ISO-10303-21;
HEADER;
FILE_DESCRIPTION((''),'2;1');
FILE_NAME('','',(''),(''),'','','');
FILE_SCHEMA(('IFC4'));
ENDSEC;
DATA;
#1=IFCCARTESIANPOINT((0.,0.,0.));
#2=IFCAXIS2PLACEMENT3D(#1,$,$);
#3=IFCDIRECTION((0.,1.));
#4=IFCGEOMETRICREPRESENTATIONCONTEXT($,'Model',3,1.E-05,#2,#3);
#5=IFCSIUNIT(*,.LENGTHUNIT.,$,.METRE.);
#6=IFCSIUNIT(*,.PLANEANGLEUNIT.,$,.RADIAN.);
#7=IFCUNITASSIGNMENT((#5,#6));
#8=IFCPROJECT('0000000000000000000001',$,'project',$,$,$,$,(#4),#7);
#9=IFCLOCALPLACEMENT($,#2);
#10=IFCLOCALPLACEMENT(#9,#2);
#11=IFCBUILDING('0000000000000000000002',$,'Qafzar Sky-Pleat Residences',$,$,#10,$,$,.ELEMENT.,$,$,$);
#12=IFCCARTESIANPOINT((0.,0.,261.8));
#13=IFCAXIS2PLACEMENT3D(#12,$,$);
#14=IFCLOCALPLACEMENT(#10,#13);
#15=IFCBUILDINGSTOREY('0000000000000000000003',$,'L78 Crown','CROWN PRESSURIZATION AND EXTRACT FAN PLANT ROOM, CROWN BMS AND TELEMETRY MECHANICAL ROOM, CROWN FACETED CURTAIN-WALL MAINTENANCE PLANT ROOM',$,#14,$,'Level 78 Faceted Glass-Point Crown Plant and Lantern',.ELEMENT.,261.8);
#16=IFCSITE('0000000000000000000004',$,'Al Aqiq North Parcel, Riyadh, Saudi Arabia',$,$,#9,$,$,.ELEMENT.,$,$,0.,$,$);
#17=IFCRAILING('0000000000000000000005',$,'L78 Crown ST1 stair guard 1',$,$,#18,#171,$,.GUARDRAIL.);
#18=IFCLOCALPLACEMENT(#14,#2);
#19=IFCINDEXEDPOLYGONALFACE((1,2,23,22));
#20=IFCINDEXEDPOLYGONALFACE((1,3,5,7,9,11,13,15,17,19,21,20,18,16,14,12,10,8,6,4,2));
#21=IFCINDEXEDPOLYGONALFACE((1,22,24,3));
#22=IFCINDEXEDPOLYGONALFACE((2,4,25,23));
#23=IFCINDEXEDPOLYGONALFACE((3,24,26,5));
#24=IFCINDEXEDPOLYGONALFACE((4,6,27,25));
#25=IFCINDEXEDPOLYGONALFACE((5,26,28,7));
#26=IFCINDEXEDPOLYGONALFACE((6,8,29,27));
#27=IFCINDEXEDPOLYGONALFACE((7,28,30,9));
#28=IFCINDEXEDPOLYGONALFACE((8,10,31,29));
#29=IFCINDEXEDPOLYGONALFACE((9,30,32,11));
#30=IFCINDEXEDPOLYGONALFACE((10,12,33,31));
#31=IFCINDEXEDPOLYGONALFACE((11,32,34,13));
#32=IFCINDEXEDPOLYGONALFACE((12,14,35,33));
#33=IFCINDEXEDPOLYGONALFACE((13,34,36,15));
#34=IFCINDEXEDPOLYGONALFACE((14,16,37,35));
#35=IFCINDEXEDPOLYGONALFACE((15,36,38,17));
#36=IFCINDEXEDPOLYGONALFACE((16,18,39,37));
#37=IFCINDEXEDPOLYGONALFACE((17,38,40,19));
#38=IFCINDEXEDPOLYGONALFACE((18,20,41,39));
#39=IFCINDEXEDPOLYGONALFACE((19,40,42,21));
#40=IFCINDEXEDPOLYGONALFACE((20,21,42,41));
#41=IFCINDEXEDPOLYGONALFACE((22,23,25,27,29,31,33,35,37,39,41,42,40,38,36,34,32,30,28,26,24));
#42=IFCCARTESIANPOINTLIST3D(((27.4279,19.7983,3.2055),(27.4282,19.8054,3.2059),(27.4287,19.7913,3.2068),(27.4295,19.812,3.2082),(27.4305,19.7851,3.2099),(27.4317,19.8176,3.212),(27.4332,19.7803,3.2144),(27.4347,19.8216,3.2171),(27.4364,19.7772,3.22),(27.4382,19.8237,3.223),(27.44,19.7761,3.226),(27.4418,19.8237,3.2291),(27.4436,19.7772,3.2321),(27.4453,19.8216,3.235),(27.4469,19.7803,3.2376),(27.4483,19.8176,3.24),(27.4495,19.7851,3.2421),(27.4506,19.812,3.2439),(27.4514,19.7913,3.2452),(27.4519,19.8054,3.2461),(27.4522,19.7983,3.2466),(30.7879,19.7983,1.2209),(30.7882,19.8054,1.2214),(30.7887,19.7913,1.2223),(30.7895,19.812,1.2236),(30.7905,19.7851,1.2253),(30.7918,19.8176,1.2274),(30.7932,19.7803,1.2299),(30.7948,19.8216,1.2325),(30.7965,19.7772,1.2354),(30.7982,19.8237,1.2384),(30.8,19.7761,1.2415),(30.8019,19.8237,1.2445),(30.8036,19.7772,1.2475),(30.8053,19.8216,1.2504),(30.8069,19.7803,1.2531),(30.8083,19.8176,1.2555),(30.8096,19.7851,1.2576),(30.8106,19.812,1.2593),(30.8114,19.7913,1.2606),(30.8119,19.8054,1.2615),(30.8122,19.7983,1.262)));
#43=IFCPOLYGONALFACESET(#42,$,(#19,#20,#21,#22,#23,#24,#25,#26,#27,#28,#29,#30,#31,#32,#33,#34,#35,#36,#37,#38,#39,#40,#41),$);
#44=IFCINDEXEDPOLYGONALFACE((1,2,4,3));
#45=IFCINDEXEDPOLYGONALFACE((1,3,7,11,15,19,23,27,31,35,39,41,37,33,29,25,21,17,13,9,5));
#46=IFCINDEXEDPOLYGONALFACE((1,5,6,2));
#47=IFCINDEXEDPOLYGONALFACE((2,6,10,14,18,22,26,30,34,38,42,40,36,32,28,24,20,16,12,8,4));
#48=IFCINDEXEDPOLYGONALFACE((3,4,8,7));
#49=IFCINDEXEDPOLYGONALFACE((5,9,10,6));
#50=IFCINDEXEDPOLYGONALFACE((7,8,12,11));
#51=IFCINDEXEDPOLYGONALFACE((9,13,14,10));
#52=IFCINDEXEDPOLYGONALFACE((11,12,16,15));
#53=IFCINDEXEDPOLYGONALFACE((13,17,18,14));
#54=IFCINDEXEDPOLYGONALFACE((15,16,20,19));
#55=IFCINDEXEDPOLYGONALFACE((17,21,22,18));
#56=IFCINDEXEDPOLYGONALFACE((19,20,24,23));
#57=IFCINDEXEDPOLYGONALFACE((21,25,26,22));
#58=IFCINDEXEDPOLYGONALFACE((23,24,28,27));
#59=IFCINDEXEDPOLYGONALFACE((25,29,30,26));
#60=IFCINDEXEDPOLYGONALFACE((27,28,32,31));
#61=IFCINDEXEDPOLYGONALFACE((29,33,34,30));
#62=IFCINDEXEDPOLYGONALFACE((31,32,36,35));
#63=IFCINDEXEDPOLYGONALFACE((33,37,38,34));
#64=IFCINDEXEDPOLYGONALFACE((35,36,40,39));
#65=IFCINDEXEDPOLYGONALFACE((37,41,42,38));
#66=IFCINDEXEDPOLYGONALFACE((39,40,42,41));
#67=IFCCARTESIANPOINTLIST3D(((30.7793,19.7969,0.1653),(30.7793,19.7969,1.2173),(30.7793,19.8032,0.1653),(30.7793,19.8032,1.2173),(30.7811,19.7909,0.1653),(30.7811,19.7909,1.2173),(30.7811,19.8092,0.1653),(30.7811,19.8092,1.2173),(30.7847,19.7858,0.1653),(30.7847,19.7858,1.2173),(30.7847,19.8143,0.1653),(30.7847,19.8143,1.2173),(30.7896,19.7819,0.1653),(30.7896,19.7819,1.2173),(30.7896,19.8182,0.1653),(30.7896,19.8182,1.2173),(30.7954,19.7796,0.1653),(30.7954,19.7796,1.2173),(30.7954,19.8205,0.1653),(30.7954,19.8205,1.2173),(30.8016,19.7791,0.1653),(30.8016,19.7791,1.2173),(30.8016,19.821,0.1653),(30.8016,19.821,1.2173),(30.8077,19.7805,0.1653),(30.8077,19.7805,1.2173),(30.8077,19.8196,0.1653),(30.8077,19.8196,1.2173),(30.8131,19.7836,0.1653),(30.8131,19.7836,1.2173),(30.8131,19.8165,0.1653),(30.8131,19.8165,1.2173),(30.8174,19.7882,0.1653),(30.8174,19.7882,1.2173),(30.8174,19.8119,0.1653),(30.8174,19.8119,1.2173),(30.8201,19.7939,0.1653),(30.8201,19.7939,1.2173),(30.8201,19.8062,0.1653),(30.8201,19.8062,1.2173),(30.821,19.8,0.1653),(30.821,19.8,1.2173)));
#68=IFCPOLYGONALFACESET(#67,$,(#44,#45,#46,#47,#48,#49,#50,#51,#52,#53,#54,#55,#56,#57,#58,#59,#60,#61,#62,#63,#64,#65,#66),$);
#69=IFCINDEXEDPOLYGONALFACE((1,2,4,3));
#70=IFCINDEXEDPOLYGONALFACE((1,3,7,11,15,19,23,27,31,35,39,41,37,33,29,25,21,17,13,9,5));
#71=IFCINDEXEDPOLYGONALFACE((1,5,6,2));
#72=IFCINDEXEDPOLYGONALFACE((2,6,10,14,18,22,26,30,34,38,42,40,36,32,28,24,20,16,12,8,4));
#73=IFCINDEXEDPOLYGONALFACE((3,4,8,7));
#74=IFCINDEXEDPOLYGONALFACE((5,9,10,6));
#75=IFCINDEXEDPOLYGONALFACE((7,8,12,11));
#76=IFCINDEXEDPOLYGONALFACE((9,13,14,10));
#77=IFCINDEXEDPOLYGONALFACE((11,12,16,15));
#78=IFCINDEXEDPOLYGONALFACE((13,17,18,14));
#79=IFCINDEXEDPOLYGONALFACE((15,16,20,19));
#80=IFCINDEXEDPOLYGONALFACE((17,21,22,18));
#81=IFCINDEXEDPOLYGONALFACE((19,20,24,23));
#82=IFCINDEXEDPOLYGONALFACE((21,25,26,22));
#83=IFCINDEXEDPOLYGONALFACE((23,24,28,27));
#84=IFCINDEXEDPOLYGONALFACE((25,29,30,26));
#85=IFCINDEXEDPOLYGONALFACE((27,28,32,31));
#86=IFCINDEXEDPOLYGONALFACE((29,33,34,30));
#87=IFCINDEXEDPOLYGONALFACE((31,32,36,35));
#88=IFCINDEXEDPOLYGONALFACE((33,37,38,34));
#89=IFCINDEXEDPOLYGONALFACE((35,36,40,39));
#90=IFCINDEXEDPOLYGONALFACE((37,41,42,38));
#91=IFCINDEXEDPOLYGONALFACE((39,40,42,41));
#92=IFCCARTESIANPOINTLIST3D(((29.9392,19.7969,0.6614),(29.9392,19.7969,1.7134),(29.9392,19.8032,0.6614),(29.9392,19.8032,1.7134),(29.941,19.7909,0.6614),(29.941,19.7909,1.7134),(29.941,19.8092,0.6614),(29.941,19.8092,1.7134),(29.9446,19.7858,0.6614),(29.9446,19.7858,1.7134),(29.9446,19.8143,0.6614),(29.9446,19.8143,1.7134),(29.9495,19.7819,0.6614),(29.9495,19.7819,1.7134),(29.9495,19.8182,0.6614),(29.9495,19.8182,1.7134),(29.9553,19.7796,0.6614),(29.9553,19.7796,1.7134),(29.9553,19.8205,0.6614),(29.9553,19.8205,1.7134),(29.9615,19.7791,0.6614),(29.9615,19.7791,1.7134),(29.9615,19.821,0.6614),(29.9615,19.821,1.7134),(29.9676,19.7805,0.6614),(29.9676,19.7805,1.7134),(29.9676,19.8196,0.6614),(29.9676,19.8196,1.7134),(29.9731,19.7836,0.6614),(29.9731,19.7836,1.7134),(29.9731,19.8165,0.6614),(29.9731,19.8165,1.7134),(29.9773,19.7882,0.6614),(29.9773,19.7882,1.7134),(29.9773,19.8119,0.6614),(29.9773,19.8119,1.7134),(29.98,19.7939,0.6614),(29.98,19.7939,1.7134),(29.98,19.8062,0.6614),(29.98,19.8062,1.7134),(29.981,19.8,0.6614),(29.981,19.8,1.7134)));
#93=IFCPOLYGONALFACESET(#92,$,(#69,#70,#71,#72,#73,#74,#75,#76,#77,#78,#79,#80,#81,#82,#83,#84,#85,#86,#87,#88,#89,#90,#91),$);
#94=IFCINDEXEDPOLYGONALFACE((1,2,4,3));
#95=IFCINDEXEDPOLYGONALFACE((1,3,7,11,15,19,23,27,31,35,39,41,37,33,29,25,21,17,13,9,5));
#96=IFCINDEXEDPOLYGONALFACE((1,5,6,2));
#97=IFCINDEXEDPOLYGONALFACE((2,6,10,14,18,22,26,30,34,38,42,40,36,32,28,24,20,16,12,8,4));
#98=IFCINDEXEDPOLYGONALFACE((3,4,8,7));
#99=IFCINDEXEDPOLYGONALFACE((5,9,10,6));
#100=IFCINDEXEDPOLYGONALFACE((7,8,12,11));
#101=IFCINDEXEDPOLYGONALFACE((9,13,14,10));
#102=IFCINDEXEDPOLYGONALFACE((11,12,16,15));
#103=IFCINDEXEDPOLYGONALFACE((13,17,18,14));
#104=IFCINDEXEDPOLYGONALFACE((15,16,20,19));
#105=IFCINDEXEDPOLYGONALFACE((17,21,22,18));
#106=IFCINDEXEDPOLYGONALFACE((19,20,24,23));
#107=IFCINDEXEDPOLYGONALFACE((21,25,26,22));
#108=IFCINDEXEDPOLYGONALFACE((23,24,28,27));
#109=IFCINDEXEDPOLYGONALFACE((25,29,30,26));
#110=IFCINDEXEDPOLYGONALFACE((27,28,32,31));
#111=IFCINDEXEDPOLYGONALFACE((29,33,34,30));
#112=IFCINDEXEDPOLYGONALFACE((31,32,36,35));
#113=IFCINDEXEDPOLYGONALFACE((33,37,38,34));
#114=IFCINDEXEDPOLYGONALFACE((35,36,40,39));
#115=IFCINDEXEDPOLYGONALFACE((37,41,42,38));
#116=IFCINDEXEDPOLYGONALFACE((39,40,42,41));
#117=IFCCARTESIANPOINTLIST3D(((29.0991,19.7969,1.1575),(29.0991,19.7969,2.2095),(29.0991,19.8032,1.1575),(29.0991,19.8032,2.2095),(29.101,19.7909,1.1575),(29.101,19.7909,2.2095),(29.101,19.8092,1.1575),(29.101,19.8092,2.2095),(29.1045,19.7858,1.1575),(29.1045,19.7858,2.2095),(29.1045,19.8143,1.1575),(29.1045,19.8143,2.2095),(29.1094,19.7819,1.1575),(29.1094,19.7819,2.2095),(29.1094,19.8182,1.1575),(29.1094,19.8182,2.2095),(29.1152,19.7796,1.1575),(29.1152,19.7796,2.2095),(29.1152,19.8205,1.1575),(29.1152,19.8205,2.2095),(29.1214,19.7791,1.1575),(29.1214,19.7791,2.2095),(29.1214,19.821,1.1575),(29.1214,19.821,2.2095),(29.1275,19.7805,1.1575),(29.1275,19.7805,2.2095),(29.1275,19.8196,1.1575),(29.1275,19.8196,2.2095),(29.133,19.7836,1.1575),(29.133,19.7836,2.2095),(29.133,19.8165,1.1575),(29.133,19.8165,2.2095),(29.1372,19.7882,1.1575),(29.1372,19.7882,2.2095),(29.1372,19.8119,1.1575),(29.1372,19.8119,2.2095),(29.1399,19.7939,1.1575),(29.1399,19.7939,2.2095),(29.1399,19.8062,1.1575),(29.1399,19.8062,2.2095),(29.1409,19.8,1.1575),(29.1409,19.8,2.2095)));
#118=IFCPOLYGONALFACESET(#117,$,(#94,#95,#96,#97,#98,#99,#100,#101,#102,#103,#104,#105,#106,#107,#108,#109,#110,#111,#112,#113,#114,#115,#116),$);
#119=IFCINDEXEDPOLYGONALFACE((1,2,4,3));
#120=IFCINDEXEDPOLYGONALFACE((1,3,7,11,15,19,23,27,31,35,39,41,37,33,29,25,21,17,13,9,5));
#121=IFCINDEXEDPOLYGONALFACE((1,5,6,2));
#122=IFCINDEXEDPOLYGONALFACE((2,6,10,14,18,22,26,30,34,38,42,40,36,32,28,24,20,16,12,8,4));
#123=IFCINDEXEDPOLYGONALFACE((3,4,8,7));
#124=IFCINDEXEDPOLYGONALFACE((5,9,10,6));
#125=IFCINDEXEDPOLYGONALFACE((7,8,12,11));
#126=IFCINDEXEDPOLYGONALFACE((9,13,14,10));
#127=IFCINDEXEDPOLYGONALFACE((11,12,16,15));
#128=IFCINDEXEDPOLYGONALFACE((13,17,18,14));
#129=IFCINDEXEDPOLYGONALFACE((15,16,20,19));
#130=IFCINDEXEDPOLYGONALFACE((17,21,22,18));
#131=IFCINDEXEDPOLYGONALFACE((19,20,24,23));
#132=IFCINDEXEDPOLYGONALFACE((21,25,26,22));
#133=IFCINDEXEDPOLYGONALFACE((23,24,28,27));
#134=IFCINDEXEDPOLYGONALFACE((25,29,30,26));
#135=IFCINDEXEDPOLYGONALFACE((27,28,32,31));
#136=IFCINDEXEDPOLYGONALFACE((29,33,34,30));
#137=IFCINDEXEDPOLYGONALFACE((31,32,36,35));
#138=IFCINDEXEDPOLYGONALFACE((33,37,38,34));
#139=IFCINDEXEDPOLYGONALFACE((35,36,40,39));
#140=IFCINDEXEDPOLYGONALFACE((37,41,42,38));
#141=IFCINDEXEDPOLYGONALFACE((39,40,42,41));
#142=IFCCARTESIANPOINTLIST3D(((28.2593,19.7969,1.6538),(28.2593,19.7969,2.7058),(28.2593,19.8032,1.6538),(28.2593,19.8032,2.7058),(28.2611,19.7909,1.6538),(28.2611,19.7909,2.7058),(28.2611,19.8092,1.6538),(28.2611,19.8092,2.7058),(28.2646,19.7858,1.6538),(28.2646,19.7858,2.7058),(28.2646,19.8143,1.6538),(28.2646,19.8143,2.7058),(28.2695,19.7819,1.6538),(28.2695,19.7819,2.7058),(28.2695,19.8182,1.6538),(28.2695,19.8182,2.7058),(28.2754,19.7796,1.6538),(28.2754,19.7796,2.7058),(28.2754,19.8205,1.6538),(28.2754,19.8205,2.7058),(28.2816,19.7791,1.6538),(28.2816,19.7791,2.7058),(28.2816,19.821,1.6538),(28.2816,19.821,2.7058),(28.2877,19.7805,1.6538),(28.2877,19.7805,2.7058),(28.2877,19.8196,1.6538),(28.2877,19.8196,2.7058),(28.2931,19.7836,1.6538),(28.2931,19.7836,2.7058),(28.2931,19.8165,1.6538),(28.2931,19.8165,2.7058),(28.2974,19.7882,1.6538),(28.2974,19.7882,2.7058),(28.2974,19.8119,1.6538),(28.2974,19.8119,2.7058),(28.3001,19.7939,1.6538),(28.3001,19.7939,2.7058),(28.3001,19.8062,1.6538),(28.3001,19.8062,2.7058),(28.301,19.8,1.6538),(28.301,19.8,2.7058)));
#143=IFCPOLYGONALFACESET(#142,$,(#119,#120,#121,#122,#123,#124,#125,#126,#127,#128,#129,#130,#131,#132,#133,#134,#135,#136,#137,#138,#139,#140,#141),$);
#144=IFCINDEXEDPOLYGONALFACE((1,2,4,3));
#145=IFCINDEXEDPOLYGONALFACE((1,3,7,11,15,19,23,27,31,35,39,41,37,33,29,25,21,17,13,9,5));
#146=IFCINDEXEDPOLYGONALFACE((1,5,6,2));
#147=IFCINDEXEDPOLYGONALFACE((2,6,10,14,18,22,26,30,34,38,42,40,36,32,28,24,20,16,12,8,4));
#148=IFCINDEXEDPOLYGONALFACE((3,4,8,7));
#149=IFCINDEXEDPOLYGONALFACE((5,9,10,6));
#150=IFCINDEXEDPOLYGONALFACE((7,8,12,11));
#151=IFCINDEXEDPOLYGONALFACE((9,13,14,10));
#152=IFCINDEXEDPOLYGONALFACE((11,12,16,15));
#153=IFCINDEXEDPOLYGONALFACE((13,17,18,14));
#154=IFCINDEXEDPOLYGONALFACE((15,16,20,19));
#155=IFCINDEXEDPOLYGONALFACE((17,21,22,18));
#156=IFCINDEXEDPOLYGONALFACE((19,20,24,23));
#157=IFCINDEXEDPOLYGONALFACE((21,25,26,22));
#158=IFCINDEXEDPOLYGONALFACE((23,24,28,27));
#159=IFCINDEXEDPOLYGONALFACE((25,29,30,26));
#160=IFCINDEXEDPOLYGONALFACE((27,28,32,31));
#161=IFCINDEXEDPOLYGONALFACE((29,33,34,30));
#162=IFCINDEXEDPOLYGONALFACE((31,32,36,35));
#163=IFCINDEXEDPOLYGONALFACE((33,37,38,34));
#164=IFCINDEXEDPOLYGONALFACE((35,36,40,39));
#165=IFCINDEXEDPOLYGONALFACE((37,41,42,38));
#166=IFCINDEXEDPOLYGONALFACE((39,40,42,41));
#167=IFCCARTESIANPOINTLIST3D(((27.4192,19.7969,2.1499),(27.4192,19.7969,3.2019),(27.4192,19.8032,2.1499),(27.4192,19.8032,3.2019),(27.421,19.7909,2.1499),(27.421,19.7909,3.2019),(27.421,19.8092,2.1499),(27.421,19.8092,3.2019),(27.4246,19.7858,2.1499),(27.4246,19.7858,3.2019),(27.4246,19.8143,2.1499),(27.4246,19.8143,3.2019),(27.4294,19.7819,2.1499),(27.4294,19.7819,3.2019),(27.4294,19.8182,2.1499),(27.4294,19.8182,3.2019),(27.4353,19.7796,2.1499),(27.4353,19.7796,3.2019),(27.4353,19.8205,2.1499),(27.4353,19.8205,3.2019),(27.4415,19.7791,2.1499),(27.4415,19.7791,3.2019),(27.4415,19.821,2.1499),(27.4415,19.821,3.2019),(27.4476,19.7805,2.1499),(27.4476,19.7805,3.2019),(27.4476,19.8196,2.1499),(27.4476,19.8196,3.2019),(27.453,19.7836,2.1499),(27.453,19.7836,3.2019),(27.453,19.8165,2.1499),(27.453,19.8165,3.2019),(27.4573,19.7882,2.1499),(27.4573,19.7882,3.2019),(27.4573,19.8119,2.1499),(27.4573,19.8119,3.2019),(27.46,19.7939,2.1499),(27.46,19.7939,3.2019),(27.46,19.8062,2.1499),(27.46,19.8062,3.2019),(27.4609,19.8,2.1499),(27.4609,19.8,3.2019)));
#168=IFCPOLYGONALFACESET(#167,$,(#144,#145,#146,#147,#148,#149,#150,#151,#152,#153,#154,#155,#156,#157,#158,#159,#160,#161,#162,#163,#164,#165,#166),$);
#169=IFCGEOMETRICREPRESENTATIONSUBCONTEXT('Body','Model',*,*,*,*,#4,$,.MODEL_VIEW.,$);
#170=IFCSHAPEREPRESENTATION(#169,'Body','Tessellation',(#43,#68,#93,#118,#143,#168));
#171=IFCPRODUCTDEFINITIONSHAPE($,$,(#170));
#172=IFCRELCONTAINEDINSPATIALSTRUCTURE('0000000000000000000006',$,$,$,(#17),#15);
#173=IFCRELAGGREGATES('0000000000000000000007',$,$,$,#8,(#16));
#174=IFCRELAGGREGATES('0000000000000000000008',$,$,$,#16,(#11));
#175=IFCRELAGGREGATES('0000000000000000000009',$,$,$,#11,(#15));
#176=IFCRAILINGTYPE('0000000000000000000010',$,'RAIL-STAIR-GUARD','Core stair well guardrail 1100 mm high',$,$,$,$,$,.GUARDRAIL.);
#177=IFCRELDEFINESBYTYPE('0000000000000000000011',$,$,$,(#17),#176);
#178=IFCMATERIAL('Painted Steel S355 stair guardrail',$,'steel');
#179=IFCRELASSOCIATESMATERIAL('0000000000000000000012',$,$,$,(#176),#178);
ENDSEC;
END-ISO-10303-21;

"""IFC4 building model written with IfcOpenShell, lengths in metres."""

from ifc_helpers import new_model, si_unit, direction, frame, origin, origin_2d, place, context, subcontext, project, spatial, circle, extrude, source, transform, mapped, material, type_object, element, save


model = new_model("IFC4")

# Units and contexts
model_context = context("Model", 3, precision=1e-05, world=origin(), true_north=direction((0.0, 1.0)))
body_context = subcontext(model_context, "Body", "Model", "MODEL_VIEW")
ifc_project = project(units=[si_unit("LENGTHUNIT", "METRE"), si_unit("PLANEANGLEUNIT", "RADIAN")], contexts=[model_context])

# Site, building, storey
site_placement = place(None, origin())
site = spatial("IfcSite", under=ifc_project, at=site_placement, Name="Al Aqiq North Parcel, Riyadh, Saudi Arabia", CompositionType="ELEMENT", RefElevation=0.0)
building_placement = place(site_placement, origin())
building = spatial("IfcBuilding", under=site, at=building_placement, Name="Qafzar Sky-Pleat Residences", CompositionType="ELEMENT")
storey_placement = place(building_placement, frame((0.0, 0.0, 261.8)))
storey = spatial("IfcBuildingStorey", under=building, at=storey_placement, Name="L78 Crown", Description="CROWN PRESSURIZATION AND EXTRACT FAN PLANT ROOM, CROWN BMS AND TELEMETRY MECHANICAL ROOM, CROWN FACETED CURTAIN-WALL MAINTENANCE PLANT ROOM", LongName="Level 78 Faceted Glass-Point Crown Plant and Lantern", CompositionType="ELEMENT", Elevation=261.8)

# Railing
ifc_material_1 = material(Name="Painted Steel S355 stair guardrail", Category="steel")
railing_type_1 = type_object("IfcRailingType", Name="RAIL-STAIR-GUARD", Description="Core stair well guardrail 1100 mm high", PredefinedType="GUARDRAIL", material=ifc_material_1)
shared_shape_1 = source(origin(), body_context, "Body", "SweptSolid", [
    extrude(circle(Radius=0.0239, at=origin_2d()), frame((0.0, 0.0, 1.0762), z_axis=(-0.861027, 0.0, 0.508559), x_axis=(0.0, -1.0, 0.0)), (0.0, 0.0, 1.0), 3.9023),
    extrude(circle(Radius=0.021, at=origin_2d()), origin(), (0.0, 0.0, 1.0), 1.052),
    extrude(circle(Radius=0.021, at=origin_2d()), frame((-0.8401, 0.0, 0.4961)), (0.0, 0.0, 1.0), 1.052),
    extrude(circle(Radius=0.021, at=origin_2d()), frame((-1.6802, 0.0, 0.9922)), (0.0, 0.0, 1.0), 1.052),
    extrude(circle(Radius=0.021, at=origin_2d()), frame((-2.52, 0.0, 1.4885)), (0.0, 0.0, 1.0), 1.052),
    extrude(circle(Radius=0.021, at=origin_2d()), frame((-3.3601, 0.0, 1.9846)), (0.0, 0.0, 1.0), 1.052),
])
railing_1_placement = place(storey_placement, frame((30.8, 19.8, 0.1653)))
element("IfcRailing", 1, at=railing_1_placement, inside=storey, type_object=railing_type_1, Name="L78 Crown ST1 stair guard 1", PredefinedType="GUARDRAIL", context=body_context, shape_type="MappedRepresentation", body=[
    mapped(shared_shape_1, transform((0.0, 0.0, 0.0), x_axis=(1.0, 0.0, 0.0), y_axis=(0.0, 1.0, 0.0), z_axis=(0.0, 0.0, 1.0), scale=1.0)),
])

save(model, "model.ifc")
